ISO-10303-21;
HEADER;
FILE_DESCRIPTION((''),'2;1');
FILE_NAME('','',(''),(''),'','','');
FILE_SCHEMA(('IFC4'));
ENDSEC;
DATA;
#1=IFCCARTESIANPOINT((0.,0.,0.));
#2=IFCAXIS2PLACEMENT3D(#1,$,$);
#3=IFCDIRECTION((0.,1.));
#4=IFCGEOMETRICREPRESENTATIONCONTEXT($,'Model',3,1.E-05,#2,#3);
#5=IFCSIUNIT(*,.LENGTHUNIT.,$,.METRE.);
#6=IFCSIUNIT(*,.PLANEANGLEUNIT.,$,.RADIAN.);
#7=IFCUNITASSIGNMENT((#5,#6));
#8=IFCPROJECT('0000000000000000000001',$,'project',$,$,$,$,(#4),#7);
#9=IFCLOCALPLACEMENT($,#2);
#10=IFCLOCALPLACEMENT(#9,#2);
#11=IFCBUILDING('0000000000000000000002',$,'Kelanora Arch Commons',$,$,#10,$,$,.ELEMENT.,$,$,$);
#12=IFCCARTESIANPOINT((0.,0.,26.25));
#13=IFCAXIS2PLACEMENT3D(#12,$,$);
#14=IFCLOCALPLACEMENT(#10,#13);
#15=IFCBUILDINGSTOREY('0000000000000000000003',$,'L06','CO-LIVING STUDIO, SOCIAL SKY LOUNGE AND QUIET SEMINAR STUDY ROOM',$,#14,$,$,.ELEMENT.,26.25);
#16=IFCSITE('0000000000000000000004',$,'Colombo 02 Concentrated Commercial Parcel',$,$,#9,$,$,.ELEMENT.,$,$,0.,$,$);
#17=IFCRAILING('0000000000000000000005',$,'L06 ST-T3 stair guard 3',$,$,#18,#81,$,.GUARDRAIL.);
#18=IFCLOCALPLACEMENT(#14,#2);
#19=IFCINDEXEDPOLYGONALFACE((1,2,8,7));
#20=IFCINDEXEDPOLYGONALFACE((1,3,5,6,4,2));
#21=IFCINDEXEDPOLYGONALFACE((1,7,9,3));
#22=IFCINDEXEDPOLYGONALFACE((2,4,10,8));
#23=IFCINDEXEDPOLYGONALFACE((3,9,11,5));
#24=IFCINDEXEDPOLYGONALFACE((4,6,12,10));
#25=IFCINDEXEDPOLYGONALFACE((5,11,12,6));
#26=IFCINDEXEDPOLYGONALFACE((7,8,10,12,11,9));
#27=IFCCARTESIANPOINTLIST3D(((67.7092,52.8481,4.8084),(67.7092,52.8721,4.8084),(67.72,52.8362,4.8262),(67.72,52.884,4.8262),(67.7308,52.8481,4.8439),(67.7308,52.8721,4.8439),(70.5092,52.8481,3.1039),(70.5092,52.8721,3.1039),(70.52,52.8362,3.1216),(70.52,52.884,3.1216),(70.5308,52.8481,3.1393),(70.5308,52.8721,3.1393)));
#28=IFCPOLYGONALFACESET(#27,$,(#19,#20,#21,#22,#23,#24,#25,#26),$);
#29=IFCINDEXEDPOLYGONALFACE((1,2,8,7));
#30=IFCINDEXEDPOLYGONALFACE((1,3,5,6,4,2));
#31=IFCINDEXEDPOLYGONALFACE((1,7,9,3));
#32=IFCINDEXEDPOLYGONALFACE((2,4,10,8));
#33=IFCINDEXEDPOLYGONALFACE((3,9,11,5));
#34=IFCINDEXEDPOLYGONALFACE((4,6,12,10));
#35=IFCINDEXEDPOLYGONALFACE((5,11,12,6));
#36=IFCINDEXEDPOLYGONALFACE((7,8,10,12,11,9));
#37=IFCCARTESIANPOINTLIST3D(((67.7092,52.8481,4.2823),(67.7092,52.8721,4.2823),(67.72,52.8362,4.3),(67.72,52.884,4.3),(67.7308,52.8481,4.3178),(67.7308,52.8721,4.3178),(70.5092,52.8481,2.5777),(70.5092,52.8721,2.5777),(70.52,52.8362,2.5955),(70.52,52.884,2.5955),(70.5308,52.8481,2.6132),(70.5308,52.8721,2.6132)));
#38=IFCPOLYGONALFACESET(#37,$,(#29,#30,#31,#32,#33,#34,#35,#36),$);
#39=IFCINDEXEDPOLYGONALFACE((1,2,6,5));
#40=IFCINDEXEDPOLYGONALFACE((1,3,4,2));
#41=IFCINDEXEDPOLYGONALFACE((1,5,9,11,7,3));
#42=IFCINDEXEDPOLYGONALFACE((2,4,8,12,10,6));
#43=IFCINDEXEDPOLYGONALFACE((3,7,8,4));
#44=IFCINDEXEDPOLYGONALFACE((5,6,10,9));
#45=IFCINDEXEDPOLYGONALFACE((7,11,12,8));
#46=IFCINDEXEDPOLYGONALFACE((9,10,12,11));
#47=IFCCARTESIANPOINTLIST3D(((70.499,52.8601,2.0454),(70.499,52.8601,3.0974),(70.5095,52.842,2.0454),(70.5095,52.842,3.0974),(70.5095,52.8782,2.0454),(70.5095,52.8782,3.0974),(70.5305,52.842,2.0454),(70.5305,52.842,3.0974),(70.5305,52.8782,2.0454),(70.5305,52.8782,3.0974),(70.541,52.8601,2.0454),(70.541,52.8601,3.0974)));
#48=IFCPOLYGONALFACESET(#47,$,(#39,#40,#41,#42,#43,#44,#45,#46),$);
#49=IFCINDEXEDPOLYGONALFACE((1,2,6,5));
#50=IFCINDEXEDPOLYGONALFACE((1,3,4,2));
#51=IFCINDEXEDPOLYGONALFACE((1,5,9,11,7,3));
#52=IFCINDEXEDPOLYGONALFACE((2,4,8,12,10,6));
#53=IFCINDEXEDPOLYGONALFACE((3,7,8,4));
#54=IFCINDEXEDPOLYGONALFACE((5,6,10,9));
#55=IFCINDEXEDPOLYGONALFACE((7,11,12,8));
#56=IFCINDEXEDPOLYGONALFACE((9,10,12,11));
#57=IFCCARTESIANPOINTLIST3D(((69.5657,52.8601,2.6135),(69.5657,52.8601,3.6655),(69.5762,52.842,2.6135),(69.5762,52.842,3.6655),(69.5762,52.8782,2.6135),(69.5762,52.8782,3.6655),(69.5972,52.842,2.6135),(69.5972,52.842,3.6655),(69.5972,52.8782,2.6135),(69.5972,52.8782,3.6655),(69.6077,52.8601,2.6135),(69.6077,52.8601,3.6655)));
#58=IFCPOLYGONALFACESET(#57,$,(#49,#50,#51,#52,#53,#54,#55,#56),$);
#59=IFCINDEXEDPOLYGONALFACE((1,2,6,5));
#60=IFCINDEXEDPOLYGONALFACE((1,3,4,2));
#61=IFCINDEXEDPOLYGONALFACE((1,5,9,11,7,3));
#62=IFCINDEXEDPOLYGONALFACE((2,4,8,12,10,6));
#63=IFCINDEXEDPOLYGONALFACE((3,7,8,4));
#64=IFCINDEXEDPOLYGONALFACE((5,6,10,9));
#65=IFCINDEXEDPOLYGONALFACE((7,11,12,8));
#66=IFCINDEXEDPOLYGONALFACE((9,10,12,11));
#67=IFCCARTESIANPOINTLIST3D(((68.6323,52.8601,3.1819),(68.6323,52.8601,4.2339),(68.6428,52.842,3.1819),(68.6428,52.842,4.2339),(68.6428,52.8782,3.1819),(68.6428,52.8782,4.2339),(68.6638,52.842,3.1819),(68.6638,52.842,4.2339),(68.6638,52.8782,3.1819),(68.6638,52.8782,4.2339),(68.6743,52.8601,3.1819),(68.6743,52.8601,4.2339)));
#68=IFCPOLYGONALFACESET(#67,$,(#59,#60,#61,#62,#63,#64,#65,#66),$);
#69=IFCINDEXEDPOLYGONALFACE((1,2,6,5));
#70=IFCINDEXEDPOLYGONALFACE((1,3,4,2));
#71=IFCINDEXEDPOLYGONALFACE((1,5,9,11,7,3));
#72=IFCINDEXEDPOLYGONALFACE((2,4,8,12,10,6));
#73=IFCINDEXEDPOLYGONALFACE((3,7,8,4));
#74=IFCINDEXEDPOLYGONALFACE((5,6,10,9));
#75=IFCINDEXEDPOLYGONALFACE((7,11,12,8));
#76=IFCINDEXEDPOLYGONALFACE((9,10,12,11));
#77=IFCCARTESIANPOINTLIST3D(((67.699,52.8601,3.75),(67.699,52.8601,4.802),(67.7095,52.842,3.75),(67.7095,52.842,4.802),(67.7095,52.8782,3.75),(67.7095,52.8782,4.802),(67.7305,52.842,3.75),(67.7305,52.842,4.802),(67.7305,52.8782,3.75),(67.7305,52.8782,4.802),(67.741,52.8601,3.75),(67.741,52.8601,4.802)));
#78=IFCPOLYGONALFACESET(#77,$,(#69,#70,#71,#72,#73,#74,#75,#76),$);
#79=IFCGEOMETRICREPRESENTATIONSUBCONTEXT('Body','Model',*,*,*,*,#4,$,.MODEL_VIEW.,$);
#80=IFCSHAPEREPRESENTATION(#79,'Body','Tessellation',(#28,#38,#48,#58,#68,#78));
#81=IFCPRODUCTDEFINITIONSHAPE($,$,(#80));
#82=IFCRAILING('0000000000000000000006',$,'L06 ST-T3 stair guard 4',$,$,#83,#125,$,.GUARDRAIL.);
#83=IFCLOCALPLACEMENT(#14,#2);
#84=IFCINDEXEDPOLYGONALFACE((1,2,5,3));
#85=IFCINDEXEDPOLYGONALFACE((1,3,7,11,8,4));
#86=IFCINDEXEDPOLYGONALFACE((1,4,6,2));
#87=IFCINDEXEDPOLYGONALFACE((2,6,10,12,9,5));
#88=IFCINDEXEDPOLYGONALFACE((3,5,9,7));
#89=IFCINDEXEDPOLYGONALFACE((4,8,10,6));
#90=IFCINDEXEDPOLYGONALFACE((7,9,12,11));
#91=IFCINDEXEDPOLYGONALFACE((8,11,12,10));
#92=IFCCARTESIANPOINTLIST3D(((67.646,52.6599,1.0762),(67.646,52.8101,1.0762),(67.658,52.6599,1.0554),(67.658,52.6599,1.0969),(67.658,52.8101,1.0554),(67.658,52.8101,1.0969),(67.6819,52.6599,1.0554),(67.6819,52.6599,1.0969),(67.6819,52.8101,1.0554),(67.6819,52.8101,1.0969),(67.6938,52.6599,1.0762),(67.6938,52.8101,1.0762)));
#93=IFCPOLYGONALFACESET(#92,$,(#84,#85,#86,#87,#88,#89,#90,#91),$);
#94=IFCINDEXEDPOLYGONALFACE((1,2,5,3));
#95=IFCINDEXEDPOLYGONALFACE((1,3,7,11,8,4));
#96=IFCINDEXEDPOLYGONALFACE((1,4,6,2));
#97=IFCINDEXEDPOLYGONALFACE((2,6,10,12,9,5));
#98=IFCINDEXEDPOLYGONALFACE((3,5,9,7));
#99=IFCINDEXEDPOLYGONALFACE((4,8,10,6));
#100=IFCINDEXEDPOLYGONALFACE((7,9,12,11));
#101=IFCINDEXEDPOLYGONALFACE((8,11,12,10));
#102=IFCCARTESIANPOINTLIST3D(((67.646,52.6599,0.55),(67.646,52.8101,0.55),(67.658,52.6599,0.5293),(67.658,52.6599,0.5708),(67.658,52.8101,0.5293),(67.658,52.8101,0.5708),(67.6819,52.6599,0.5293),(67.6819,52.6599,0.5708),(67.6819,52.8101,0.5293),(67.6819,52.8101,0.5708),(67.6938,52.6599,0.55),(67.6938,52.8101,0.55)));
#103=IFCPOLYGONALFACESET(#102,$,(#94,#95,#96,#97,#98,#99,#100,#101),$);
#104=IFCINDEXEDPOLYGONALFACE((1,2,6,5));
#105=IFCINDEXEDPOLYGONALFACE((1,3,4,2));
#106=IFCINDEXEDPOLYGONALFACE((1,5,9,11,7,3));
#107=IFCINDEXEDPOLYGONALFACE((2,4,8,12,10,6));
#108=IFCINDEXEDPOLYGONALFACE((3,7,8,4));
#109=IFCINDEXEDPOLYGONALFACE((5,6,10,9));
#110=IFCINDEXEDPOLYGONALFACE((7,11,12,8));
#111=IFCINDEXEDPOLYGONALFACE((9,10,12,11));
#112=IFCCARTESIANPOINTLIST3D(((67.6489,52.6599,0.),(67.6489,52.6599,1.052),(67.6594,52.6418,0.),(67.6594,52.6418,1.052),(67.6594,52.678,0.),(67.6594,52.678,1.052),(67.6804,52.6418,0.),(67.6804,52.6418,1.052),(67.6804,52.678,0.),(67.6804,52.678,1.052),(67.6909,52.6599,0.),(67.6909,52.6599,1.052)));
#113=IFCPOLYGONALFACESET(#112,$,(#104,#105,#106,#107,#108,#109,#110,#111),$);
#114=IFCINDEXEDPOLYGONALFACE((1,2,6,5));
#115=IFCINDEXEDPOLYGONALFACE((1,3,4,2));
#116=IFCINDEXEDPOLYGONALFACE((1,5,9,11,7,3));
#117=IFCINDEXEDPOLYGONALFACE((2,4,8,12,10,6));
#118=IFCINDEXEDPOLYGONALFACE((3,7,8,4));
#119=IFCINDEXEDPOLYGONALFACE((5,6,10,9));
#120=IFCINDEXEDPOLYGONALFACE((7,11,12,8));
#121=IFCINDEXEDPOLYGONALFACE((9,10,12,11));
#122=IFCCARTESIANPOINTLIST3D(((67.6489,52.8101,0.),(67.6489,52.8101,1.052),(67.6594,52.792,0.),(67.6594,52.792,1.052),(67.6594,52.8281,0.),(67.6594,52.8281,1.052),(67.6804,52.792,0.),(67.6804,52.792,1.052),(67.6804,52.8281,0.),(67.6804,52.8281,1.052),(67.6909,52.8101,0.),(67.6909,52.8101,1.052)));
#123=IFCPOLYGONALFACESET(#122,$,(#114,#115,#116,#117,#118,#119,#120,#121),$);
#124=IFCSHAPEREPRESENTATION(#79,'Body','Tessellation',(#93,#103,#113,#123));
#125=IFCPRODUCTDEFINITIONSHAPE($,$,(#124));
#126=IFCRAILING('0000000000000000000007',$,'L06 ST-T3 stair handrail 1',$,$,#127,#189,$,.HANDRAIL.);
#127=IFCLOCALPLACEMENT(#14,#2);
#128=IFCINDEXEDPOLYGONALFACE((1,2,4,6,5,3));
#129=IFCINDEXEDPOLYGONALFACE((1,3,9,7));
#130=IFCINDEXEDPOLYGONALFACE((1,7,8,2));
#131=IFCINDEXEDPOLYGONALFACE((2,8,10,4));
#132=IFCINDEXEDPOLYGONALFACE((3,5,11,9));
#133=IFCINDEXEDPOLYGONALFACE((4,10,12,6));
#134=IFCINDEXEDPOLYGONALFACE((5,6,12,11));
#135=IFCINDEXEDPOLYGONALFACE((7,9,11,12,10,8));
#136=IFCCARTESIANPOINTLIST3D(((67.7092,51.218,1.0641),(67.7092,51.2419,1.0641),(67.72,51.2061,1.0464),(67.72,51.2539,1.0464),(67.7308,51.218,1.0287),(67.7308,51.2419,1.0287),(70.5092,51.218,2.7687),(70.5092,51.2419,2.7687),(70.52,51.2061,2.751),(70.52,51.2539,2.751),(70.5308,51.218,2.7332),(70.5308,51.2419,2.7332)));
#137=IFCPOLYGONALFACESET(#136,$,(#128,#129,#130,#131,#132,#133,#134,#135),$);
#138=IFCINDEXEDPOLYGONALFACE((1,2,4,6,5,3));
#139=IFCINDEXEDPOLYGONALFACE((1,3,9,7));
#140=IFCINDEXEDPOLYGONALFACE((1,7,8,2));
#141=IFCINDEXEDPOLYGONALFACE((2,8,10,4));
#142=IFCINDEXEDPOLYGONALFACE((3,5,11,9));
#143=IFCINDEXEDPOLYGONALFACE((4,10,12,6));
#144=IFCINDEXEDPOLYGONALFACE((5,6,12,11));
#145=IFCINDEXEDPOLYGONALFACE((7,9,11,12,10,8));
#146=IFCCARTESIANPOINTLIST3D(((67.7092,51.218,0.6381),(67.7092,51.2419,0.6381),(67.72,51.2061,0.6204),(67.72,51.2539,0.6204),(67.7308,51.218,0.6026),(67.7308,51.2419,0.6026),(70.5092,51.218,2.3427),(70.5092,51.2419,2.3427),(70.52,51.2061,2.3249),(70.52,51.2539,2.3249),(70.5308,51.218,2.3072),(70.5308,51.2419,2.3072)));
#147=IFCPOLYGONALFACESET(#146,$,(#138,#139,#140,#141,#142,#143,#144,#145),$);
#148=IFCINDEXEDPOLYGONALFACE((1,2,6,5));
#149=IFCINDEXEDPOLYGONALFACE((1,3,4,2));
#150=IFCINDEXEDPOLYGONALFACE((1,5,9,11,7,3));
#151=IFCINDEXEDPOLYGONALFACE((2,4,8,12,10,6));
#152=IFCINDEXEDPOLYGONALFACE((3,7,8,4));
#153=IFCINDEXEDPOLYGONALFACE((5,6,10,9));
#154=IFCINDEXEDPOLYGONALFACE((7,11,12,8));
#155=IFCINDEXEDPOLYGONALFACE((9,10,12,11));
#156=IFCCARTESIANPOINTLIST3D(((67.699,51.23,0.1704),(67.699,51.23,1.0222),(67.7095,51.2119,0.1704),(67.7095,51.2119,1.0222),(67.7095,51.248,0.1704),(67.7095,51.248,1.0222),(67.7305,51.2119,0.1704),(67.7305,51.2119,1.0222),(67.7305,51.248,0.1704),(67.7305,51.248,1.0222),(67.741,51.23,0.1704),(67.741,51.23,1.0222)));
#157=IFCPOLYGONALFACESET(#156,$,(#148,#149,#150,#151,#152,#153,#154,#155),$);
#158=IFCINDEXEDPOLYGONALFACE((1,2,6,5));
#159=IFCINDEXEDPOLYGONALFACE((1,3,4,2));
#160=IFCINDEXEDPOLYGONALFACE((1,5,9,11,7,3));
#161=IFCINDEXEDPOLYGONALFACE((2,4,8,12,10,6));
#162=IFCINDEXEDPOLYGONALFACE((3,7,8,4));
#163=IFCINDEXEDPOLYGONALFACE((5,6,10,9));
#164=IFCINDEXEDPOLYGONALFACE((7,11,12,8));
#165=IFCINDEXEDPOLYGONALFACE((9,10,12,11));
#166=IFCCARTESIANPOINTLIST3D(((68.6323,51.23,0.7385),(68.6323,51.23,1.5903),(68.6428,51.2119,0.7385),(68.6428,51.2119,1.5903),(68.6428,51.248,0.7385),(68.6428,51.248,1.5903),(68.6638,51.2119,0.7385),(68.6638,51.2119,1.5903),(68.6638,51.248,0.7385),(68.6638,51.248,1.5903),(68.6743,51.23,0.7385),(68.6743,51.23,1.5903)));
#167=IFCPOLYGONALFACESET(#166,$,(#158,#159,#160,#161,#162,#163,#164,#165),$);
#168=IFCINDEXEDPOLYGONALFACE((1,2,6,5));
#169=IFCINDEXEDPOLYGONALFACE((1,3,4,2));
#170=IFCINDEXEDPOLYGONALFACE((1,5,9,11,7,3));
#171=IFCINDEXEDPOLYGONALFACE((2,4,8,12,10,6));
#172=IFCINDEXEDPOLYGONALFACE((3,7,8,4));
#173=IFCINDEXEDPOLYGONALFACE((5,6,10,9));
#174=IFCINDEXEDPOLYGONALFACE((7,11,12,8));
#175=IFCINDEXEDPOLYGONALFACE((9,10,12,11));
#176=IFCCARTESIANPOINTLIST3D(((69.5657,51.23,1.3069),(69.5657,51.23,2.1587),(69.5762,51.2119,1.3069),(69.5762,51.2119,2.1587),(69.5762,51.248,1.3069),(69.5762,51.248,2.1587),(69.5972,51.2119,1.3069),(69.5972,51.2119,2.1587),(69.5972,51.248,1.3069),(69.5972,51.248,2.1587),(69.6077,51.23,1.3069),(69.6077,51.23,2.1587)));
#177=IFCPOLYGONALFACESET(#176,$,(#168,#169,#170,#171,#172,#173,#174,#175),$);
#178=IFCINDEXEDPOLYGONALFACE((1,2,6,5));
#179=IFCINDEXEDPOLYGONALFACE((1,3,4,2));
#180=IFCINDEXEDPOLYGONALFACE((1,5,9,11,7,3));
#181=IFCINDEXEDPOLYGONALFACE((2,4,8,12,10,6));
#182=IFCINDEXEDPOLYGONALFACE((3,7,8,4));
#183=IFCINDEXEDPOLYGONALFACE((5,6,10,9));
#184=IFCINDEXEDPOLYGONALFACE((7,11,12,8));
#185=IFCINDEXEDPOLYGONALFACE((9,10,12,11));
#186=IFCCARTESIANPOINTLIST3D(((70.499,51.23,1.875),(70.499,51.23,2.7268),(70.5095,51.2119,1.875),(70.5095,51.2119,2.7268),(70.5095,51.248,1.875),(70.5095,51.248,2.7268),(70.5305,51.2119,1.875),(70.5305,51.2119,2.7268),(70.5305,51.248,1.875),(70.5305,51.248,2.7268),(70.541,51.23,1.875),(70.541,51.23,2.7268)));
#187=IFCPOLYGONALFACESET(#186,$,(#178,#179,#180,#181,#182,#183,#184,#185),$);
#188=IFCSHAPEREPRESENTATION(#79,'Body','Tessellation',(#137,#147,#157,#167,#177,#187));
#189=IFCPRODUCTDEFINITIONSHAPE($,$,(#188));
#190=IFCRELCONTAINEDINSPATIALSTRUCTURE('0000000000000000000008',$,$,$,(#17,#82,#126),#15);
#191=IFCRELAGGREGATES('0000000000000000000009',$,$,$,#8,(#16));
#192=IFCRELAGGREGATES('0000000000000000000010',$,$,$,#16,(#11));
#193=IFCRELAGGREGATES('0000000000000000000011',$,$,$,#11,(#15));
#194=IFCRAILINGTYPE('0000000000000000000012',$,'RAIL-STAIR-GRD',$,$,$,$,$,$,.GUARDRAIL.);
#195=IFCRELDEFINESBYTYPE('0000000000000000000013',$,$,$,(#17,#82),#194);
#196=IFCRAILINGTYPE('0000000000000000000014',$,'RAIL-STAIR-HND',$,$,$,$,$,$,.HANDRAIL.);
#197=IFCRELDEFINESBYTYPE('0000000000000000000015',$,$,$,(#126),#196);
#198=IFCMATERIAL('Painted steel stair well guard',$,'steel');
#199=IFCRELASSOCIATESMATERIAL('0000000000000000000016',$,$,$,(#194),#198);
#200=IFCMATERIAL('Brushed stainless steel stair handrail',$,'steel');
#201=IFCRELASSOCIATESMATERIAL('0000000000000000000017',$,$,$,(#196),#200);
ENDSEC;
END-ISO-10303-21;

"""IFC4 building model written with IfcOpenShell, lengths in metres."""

from ifc_helpers import new_model, si_unit, direction, frame, origin, place, context, subcontext, project, spatial, polyline, outline, extrude, material, type_object, element, save


model = new_model("IFC4")

# Units and contexts
model_context = context("Model", 3, precision=1e-05, world=origin(), true_north=direction((0.0, 1.0)))
body_context = subcontext(model_context, "Body", "Model", "MODEL_VIEW")
ifc_project = project(units=[si_unit("LENGTHUNIT", "METRE"), si_unit("PLANEANGLEUNIT", "RADIAN")], contexts=[model_context])

# Site, building, storey
site_placement = place(None, origin())
site = spatial("IfcSite", under=ifc_project, at=site_placement, Name="Colombo 02 Concentrated Commercial Parcel", CompositionType="ELEMENT", RefElevation=0.0)
building_placement = place(site_placement, origin())
building = spatial("IfcBuilding", under=site, at=building_placement, Name="Kelanora Arch Commons", CompositionType="ELEMENT")
storey_placement = place(building_placement, frame((0.0, 0.0, 26.25)))
storey = spatial("IfcBuildingStorey", under=building, at=storey_placement, Name="L06", Description="CO-LIVING STUDIO, SOCIAL SKY LOUNGE AND QUIET SEMINAR STUDY ROOM", CompositionType="ELEMENT", Elevation=26.25)

# Railings
ifc_material_1 = material(Name="Painted steel stair well guard", Category="steel")
railing_type_1 = type_object("IfcRailingType", Name="RAIL-STAIR-GRD", PredefinedType="GUARDRAIL", material=ifc_material_1)
railing_1_placement = place(storey_placement, frame((70.52, 52.8601, 2.0454)))
element("IfcRailing", 1, at=railing_1_placement, inside=storey, type_object=railing_type_1, Name="L06 ST-T3 stair guard 3", PredefinedType="GUARDRAIL", context=body_context, shape_type="SweptSolid", body=[
    extrude(outline(polyline([(0.0239, 0.0), (0.012, 0.0208), (-0.012, 0.0208), (-0.0239, 0.0), (-0.012, -0.0208), (0.012, -0.0208), (0.0239, 0.0)])), frame((0.0, 0.0, 1.0762), z_axis=(-0.85417, 0.0, 0.519994), x_axis=(0.0, -1.0, 0.0)), (0.0, 0.0, 1.0), 3.2781),
    extrude(outline(polyline([(0.0239, 0.0), (0.012, 0.0208), (-0.012, 0.0208), (-0.0239, 0.0), (-0.012, -0.0208), (0.012, -0.0208), (0.0239, 0.0)])), frame((0.0, 0.0, 0.55), z_axis=(-0.85417, 0.0, 0.519994), x_axis=(0.0, -1.0, 0.0)), (0.0, 0.0, 1.0), 3.2781),
    extrude(outline(polyline([(0.021, 0.0), (0.0105, 0.0181), (-0.0105, 0.0181), (-0.021, 0.0), (-0.0105, -0.0181), (0.0105, -0.0181), (0.021, 0.0)])), origin(), (0.0, 0.0, 1.0), 1.052),
    extrude(outline(polyline([(0.021, 0.0), (0.0105, 0.0181), (-0.0105, 0.0181), (-0.021, 0.0), (-0.0105, -0.0181), (0.0105, -0.0181), (0.021, 0.0)])), frame((-0.9333, 0.0, 0.5681)), (0.0, 0.0, 1.0), 1.052),
    extrude(outline(polyline([(0.021, 0.0), (0.0105, 0.0181), (-0.0105, 0.0181), (-0.021, 0.0), (-0.0105, -0.0181), (0.0105, -0.0181), (0.021, 0.0)])), frame((-1.8667, 0.0, 1.1365)), (0.0, 0.0, 1.0), 1.052),
    extrude(outline(polyline([(0.021, 0.0), (0.0105, 0.0181), (-0.0105, 0.0181), (-0.021, 0.0), (-0.0105, -0.0181), (0.0105, -0.0181), (0.021, 0.0)])), frame((-2.8, 0.0, 1.7046)), (0.0, 0.0, 1.0), 1.052),
])
railing_2_placement = place(storey_placement, frame((67.6699, 52.6599, 0.0)))
element("IfcRailing", 2, at=railing_2_placement, inside=storey, type_object=railing_type_1, Name="L06 ST-T3 stair guard 4", PredefinedType="GUARDRAIL", context=body_context, shape_type="SweptSolid", body=[
    extrude(outline(polyline([(0.0239, 0.0), (0.012, 0.0208), (-0.012, 0.0208), (-0.0239, 0.0), (-0.012, -0.0208), (0.012, -0.0208), (0.0239, 0.0)])), frame((0.0, 0.0, 1.0762), z_axis=(0.0, 1.0, 0.0), x_axis=(-1.0, 0.0, 0.0)), (0.0, 0.0, 1.0), 0.1501),
    extrude(outline(polyline([(0.0239, 0.0), (0.012, 0.0208), (-0.012, 0.0208), (-0.0239, 0.0), (-0.012, -0.0208), (0.012, -0.0208), (0.0239, 0.0)])), frame((0.0, 0.0, 0.55), z_axis=(0.0, 1.0, 0.0), x_axis=(-1.0, 0.0, 0.0)), (0.0, 0.0, 1.0), 0.1501),
    extrude(outline(polyline([(0.021, 0.0), (0.0105, 0.0181), (-0.0105, 0.0181), (-0.021, 0.0), (-0.0105, -0.0181), (0.0105, -0.0181), (0.021, 0.0)])), origin(), (0.0, 0.0, 1.0), 1.052),
    extrude(outline(polyline([(0.021, 0.0), (0.0105, 0.0181), (-0.0105, 0.0181), (-0.021, 0.0), (-0.0105, -0.0181), (0.0105, -0.0181), (0.021, 0.0)])), frame((0.0, 0.1501, 0.0)), (0.0, 0.0, 1.0), 1.052),
])
ifc_material_2 = material(Name="Brushed stainless steel stair handrail", Category="steel")
railing_type_2 = type_object("IfcRailingType", Name="RAIL-STAIR-HND", PredefinedType="HANDRAIL", material=ifc_material_2)
railing_3_placement = place(storey_placement, frame((67.72, 51.23, 0.1704)))
element("IfcRailing", 3, at=railing_3_placement, inside=storey, type_object=railing_type_2, Name="L06 ST-T3 stair handrail 1", PredefinedType="HANDRAIL", context=body_context, shape_type="SweptSolid", body=[
    extrude(outline(polyline([(0.0239, 0.0), (0.012, 0.0208), (-0.012, 0.0208), (-0.0239, 0.0), (-0.012, -0.0208), (0.012, -0.0208), (0.0239, 0.0)])), frame((0.0, 0.0, 0.876), z_axis=(0.85417, 0.0, 0.519994), x_axis=(0.0, 1.0, 0.0)), (0.0, 0.0, 1.0), 3.2781),
    extrude(outline(polyline([(0.0239, 0.0), (0.012, 0.0208), (-0.012, 0.0208), (-0.0239, 0.0), (-0.012, -0.0208), (0.012, -0.0208), (0.0239, 0.0)])), frame((0.0, 0.0, 0.45), z_axis=(0.85417, 0.0, 0.519994), x_axis=(0.0, 1.0, 0.0)), (0.0, 0.0, 1.0), 3.2781),
    extrude(outline(polyline([(0.021, 0.0), (0.0105, 0.0181), (-0.0105, 0.0181), (-0.021, 0.0), (-0.0105, -0.0181), (0.0105, -0.0181), (0.021, 0.0)])), origin(), (0.0, 0.0, 1.0), 0.8518),
    extrude(outline(polyline([(0.021, 0.0), (0.0105, 0.0181), (-0.0105, 0.0181), (-0.021, 0.0), (-0.0105, -0.0181), (0.0105, -0.0181), (0.021, 0.0)])), frame((0.9333, 0.0, 0.5681)), (0.0, 0.0, 1.0), 0.8518),
    extrude(outline(polyline([(0.021, 0.0), (0.0105, 0.0181), (-0.0105, 0.0181), (-0.021, 0.0), (-0.0105, -0.0181), (0.0105, -0.0181), (0.021, 0.0)])), frame((1.8667, 0.0, 1.1365)), (0.0, 0.0, 1.0), 0.8518),
    extrude(outline(polyline([(0.021, 0.0), (0.0105, 0.0181), (-0.0105, 0.0181), (-0.021, 0.0), (-0.0105, -0.0181), (0.0105, -0.0181), (0.021, 0.0)])), frame((2.8, 0.0, 1.7046)), (0.0, 0.0, 1.0), 0.8518),
])

save(model, "model.ifc")
